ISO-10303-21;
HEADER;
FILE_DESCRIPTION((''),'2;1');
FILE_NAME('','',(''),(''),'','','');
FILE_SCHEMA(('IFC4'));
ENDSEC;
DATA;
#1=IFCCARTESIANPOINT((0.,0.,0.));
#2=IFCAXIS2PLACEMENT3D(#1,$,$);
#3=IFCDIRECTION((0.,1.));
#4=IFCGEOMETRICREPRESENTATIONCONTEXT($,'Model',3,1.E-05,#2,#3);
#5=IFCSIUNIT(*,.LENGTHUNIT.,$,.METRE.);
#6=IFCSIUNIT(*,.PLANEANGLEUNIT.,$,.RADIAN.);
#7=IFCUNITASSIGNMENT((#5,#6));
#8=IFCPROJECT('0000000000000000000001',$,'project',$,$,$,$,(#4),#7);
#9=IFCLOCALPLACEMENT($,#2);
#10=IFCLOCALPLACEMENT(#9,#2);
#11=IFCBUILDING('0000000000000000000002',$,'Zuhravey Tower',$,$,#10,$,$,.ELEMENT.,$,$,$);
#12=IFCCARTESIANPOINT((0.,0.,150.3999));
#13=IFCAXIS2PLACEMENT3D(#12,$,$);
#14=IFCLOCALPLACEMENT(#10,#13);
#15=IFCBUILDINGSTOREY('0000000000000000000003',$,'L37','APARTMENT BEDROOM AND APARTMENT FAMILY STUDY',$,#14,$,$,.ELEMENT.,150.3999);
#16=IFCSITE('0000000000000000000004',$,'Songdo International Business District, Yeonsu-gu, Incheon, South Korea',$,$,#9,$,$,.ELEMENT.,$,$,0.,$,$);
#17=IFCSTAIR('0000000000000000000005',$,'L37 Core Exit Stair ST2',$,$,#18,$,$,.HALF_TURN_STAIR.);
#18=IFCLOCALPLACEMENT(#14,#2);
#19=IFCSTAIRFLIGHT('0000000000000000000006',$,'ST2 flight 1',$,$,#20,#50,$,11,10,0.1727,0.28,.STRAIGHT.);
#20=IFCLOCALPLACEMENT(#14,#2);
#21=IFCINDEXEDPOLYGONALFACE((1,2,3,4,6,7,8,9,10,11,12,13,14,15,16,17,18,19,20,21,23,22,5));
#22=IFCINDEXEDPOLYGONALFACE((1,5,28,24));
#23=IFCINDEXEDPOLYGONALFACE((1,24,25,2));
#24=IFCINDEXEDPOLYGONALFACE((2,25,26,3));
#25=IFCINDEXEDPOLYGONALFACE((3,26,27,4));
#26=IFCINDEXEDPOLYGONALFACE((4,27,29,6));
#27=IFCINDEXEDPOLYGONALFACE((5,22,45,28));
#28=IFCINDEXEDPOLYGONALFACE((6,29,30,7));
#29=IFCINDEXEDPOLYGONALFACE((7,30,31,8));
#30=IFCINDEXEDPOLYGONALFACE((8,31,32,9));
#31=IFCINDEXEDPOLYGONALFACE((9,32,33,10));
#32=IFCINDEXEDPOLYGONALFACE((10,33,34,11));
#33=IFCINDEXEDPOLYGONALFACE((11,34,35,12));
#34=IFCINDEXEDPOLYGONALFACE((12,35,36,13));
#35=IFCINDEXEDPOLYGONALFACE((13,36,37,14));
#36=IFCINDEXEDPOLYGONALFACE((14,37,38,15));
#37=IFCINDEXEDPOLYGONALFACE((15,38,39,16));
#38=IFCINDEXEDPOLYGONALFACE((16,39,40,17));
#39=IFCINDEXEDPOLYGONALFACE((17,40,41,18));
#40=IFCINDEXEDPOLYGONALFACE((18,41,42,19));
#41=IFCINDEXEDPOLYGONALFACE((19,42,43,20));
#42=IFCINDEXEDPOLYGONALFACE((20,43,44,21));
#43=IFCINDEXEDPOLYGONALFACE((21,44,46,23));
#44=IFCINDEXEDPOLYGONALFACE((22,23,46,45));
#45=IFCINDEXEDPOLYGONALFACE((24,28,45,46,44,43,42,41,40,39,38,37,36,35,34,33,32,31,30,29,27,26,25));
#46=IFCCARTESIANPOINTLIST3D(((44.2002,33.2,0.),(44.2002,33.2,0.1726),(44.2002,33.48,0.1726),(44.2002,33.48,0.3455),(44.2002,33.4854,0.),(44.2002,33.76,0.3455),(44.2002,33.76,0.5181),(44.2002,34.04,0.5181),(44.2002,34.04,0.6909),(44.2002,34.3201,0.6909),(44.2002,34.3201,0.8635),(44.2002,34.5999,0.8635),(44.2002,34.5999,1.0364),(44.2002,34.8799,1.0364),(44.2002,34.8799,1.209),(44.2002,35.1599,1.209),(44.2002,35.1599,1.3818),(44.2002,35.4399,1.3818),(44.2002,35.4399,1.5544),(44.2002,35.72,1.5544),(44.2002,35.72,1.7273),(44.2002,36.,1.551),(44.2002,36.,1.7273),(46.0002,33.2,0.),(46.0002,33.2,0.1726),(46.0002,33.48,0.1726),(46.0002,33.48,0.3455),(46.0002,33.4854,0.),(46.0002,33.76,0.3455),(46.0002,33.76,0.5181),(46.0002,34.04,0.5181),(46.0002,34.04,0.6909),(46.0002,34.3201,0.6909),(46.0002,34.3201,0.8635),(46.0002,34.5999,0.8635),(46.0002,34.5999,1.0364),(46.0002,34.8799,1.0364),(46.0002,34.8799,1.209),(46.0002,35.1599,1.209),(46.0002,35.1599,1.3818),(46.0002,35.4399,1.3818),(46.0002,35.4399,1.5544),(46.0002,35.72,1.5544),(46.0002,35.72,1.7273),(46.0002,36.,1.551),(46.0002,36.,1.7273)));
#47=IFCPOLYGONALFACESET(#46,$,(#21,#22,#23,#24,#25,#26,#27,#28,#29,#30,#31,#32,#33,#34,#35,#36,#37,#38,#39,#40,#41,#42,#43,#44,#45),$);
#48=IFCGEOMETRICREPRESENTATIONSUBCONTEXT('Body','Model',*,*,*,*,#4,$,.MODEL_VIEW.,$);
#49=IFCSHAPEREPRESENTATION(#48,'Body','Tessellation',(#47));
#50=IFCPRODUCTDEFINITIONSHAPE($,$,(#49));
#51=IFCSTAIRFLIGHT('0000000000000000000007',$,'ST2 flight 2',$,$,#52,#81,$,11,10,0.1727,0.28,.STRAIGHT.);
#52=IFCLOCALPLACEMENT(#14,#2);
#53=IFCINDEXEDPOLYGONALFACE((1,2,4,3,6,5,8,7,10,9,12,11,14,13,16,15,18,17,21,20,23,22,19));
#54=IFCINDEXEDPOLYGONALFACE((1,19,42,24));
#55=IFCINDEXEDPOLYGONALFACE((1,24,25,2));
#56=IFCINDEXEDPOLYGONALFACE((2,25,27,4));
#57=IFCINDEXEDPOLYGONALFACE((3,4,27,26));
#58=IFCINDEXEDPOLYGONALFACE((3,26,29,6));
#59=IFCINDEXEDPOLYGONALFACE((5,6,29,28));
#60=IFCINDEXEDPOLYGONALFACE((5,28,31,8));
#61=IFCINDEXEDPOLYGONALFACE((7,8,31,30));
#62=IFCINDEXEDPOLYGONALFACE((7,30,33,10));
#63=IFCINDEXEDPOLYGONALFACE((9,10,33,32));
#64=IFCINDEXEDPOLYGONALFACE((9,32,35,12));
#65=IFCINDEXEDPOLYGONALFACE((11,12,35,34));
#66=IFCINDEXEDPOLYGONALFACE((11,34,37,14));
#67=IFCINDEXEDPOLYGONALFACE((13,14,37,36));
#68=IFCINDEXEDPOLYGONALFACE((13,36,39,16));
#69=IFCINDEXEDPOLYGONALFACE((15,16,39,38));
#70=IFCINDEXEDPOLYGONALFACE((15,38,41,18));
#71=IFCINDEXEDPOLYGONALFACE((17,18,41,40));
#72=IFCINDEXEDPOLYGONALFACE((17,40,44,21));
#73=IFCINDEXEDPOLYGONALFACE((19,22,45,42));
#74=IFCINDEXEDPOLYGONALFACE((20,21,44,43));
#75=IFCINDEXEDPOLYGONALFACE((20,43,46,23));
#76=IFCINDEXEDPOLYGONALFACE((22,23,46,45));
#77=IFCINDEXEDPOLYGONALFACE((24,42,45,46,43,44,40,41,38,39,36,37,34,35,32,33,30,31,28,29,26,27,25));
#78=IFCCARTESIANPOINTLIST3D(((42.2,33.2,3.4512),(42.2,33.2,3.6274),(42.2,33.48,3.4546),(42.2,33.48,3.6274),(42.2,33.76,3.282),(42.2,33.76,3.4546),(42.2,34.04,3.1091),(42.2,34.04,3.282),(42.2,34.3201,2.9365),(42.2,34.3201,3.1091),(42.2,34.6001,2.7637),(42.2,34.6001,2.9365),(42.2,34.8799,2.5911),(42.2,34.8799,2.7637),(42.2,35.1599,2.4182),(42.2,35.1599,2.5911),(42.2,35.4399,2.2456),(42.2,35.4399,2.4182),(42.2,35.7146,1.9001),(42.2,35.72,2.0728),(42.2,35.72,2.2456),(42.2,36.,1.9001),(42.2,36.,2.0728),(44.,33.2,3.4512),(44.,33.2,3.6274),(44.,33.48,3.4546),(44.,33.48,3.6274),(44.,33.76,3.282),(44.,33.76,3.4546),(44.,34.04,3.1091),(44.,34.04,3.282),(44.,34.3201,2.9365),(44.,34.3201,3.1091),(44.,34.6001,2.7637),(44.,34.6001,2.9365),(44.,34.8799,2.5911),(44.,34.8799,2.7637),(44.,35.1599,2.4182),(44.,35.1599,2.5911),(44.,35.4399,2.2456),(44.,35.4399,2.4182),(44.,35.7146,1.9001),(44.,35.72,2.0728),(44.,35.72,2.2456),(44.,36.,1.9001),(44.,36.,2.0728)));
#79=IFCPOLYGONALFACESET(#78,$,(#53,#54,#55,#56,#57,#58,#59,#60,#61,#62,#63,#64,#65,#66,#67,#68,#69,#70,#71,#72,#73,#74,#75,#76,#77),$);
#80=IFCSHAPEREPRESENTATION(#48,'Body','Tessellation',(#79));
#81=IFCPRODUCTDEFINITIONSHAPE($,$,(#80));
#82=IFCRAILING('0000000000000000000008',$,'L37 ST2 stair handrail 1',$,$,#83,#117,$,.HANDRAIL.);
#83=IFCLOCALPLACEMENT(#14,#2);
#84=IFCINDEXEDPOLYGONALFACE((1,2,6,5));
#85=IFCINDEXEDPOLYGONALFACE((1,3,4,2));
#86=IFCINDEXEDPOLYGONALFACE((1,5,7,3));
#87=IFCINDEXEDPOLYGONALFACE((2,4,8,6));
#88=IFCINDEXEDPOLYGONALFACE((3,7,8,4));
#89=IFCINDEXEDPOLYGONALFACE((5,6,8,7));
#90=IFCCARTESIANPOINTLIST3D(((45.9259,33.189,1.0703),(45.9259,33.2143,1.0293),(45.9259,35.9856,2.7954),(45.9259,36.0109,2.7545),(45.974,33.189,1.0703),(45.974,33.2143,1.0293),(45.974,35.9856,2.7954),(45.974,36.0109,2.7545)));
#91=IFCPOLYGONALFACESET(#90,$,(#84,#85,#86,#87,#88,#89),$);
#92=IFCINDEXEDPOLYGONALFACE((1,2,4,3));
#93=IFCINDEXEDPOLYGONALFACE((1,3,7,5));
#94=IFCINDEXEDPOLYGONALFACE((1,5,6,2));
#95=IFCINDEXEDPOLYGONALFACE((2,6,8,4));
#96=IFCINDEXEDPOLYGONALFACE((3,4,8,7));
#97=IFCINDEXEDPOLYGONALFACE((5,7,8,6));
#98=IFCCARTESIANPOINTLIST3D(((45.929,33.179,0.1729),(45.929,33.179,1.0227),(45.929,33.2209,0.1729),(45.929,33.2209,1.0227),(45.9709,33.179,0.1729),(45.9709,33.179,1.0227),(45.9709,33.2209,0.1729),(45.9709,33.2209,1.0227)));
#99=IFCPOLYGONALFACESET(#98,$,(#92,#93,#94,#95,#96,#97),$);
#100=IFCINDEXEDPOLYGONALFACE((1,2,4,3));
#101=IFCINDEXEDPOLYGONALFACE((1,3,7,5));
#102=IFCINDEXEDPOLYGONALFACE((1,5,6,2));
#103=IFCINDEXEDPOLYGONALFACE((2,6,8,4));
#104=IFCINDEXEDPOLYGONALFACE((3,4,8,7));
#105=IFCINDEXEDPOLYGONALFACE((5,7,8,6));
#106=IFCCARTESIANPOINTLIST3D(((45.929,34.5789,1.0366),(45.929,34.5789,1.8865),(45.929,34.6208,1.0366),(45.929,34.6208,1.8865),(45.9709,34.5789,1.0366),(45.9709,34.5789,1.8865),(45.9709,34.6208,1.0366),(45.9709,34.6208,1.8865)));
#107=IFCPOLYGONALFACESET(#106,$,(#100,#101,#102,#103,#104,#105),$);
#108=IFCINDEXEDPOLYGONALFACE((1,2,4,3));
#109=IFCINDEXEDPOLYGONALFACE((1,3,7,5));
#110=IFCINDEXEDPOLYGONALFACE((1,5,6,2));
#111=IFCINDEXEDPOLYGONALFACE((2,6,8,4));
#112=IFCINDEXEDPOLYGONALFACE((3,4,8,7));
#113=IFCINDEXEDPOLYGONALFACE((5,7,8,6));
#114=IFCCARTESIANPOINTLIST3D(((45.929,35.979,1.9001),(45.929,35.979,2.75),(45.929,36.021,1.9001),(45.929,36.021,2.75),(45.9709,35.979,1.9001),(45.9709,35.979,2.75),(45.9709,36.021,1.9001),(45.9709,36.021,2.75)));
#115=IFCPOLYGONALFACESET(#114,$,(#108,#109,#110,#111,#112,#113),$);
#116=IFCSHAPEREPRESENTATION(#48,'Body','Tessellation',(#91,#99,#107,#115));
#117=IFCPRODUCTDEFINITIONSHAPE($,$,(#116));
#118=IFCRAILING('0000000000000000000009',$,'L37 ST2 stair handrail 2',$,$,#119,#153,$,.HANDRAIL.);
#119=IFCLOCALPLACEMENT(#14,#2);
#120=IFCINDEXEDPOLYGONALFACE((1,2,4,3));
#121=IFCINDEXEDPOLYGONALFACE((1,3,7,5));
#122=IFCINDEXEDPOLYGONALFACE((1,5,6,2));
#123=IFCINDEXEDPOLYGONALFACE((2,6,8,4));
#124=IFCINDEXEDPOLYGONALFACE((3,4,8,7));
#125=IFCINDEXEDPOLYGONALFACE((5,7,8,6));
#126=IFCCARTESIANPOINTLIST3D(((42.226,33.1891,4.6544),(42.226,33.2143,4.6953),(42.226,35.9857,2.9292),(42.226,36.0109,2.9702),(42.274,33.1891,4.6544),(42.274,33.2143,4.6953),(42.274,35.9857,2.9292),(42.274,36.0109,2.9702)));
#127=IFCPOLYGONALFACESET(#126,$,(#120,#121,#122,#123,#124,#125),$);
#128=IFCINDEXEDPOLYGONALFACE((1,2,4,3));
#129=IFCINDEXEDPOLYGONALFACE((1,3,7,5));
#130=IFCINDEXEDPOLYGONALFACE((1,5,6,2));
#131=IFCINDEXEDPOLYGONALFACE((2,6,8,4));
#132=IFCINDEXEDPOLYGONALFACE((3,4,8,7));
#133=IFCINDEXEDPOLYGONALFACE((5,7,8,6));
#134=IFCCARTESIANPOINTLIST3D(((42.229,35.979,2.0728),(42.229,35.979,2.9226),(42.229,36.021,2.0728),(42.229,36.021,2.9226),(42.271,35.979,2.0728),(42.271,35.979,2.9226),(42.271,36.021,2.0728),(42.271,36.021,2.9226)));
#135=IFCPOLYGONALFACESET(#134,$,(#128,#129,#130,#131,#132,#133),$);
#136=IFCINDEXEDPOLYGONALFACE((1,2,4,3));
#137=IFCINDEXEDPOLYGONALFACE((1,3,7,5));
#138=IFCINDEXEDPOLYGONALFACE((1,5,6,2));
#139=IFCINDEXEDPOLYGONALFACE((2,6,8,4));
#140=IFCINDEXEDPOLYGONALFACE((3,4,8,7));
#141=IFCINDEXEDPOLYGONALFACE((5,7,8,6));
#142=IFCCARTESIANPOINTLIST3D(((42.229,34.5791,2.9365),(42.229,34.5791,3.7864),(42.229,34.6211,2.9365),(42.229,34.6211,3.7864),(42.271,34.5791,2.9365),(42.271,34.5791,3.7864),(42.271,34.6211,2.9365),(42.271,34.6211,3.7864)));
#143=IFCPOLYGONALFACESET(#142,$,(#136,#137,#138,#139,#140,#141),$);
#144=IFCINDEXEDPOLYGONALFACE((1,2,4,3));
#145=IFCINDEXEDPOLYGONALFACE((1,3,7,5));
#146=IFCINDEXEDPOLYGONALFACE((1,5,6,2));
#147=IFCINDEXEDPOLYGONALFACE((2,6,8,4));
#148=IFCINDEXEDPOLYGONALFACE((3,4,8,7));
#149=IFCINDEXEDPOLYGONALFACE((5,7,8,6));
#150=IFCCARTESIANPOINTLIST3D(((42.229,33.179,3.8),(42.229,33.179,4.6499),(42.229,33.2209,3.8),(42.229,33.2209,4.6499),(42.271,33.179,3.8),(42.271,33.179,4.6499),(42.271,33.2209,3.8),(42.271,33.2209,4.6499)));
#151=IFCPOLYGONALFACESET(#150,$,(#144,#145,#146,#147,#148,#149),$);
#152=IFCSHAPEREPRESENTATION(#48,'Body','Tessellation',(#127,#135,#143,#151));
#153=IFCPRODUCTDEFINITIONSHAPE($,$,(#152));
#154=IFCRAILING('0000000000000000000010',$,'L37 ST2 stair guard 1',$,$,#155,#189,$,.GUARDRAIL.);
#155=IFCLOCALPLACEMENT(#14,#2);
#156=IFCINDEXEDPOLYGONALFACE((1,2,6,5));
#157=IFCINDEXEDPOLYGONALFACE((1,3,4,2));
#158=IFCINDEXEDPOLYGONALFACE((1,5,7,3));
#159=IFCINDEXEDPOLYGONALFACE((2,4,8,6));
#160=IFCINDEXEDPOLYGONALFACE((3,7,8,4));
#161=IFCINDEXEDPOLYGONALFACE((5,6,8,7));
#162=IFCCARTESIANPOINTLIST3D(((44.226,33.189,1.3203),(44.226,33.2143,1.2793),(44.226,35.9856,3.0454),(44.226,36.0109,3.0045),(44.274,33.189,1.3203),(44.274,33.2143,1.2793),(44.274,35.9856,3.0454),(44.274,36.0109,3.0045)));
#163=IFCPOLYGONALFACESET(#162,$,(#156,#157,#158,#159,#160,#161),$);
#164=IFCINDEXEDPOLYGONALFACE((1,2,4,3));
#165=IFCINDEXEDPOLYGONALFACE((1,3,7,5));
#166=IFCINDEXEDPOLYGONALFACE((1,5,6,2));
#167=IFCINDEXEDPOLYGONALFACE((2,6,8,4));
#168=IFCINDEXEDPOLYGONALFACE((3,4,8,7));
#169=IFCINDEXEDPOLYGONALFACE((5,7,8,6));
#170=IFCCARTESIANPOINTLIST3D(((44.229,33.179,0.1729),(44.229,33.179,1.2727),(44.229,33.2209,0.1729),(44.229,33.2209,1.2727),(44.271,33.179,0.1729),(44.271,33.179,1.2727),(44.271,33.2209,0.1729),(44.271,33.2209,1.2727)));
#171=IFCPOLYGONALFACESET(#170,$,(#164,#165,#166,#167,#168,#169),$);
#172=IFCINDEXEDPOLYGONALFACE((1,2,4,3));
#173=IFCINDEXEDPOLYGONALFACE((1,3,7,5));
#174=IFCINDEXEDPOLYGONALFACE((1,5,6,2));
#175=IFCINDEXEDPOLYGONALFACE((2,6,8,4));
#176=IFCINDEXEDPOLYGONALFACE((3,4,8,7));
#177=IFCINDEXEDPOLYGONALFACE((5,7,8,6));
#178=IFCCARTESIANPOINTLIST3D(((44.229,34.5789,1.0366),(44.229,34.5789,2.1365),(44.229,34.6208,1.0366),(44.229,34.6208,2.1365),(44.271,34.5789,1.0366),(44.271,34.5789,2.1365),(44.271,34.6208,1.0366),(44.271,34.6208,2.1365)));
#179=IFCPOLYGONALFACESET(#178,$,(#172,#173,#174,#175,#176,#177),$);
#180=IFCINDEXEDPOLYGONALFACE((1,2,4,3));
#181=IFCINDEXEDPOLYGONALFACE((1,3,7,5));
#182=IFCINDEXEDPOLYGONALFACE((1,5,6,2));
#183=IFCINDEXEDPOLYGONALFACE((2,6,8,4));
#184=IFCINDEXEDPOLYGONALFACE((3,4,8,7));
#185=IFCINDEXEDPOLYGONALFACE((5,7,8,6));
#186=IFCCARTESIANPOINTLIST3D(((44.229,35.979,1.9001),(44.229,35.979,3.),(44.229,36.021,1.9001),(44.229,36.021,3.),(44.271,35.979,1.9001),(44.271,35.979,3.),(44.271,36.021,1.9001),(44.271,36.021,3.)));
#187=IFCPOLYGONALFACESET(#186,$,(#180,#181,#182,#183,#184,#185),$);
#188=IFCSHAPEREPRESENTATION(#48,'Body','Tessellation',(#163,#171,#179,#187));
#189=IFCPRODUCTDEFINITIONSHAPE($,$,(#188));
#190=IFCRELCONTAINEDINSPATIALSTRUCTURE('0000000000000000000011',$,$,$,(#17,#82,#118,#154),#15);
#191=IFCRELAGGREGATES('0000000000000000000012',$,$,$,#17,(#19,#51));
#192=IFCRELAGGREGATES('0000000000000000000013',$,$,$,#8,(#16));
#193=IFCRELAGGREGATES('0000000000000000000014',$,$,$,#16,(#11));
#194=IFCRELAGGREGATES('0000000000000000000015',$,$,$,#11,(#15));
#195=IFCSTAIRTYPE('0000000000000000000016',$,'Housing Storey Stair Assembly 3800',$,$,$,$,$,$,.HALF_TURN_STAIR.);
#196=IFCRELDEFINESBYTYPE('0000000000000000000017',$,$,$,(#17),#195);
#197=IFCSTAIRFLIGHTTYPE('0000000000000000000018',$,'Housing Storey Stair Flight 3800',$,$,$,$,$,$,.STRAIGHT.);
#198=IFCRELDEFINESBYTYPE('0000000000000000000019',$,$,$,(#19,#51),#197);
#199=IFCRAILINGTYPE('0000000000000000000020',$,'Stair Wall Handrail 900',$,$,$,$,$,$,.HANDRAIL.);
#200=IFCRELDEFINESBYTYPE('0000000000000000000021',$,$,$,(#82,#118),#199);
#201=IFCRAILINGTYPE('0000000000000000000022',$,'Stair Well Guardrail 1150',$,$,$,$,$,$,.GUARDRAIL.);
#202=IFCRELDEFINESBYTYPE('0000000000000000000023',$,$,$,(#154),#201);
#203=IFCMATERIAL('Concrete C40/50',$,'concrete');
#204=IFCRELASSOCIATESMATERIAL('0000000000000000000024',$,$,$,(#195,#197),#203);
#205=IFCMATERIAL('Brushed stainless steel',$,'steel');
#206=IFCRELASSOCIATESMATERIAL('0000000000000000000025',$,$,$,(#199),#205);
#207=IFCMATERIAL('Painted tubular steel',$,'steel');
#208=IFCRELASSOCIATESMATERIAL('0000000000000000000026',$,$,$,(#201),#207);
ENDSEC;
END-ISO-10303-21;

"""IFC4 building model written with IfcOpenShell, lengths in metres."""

from ifc_helpers import new_model, si_unit, direction, frame, origin, origin_2d, place, context, subcontext, project, spatial, polyline, rectangle, outline, extrude, material, type_object, element, aggregate, save


model = new_model("IFC4")

# Units and contexts
model_context = context("Model", 3, precision=1e-05, world=origin(), true_north=direction((0.0, 1.0)))
body_context = subcontext(model_context, "Body", "Model", "MODEL_VIEW")
ifc_project = project(units=[si_unit("LENGTHUNIT", "METRE"), si_unit("PLANEANGLEUNIT", "RADIAN")], contexts=[model_context])

# Site, building, storey
site_placement = place(None, origin())
site = spatial("IfcSite", under=ifc_project, at=site_placement, Name="Songdo International Business District, Yeonsu-gu, Incheon, South Korea", CompositionType="ELEMENT", RefElevation=0.0)
building_placement = place(site_placement, origin())
building = spatial("IfcBuilding", under=site, at=building_placement, Name="Zuhravey Tower", CompositionType="ELEMENT")
storey_placement = place(building_placement, frame((0.0, 0.0, 150.3999)))
storey = spatial("IfcBuildingStorey", under=building, at=storey_placement, Name="L37", Description="APARTMENT BEDROOM AND APARTMENT FAMILY STUDY", CompositionType="ELEMENT", Elevation=150.3999)

# Stair, stair flights
ifc_material_1 = material(Name="Concrete C40/50", Category="concrete")
stair_type = type_object("IfcStairType", Name="Housing Storey Stair Assembly 3800", PredefinedType="HALF_TURN_STAIR", material=ifc_material_1)
stair_placement = place(storey_placement, origin())
stair = element("IfcStair", 1, at=stair_placement, inside=storey, type_object=stair_type, Name="L37 Core Exit Stair ST2", PredefinedType="HALF_TURN_STAIR")
stair_flight_type = type_object("IfcStairFlightType", Name="Housing Storey Stair Flight 3800", PredefinedType="STRAIGHT", material=ifc_material_1)
stair_flight_1_placement = place(storey_placement, frame((45.1001, 33.2, 0.0), z_axis=(0.0, 0.0, 1.0), x_axis=(0.0, 1.0, 0.0)))
stair_flight_1 = element("IfcStairFlight", 2, at=stair_flight_1_placement, type_object=stair_flight_type, Name="ST2 flight 1", NumberOfRisers=11, NumberOfTreads=10, PredefinedType="STRAIGHT", RiserHeight=0.1727, TreadLength=0.28, context=body_context, shape_type="SweptSolid", body=[
    extrude(outline(polyline([(0.0, 0.0), (0.0, 0.1726), (0.28, 0.1726), (0.28, 0.3455), (0.5601, 0.3455), (0.5601, 0.5181), (0.8401, 0.5181), (0.8401, 0.6909), (1.1201, 0.6909), (1.1201, 0.8635), (1.3999, 0.8635), (1.3999, 1.0364), (1.6799, 1.0364), (1.6799, 1.209), (1.96, 1.209), (1.96, 1.3818), (2.24, 1.3818), (2.24, 1.5544), (2.52, 1.5544), (2.52, 1.7273), (2.8, 1.7273), (2.8, 1.8999), (2.8, 1.551), (0.2854, 0.0), (0.0, 0.0)])), frame((0.0, 0.8999, 0.0), z_axis=(0.0, -1.0, 0.0), x_axis=(1.0, 0.0, 0.0)), (0.0, 0.0, 1.0), 1.8),
])
stair_flight_2_placement = place(storey_placement, frame((43.1001, 36.0, 1.9001), z_axis=(0.0, 0.0, 1.0), x_axis=(0.0, -1.0, 0.0)))
stair_flight_2 = element("IfcStairFlight", 3, at=stair_flight_2_placement, type_object=stair_flight_type, Name="ST2 flight 2", NumberOfRisers=11, NumberOfTreads=10, PredefinedType="STRAIGHT", RiserHeight=0.1727, TreadLength=0.28, context=body_context, shape_type="SweptSolid", body=[
    extrude(outline(polyline([(0.0, 0.0), (0.0, 0.1726), (0.28, 0.1726), (0.28, 0.3455), (0.5601, 0.3455), (0.5601, 0.5181), (0.8401, 0.5181), (0.8401, 0.6909), (1.1201, 0.6909), (1.1201, 0.8635), (1.3999, 0.8635), (1.3999, 1.0364), (1.6799, 1.0364), (1.6799, 1.209), (1.96, 1.209), (1.96, 1.3818), (2.24, 1.3818), (2.24, 1.5544), (2.52, 1.5544), (2.52, 1.7273), (2.8, 1.7273), (2.8, 1.8999), (2.8, 1.551), (0.2854, 0.0), (0.0, 0.0)])), frame((0.0, 0.8999, 0.0), z_axis=(0.0, -1.0, 0.0), x_axis=(1.0, 0.0, 0.0)), (0.0, 0.0, 1.0), 1.8),
])
aggregate(stair, [stair_flight_1, stair_flight_2])

# Railings
ifc_material_2 = material(Name="Brushed stainless steel", Category="steel")
railing_type_1 = type_object("IfcRailingType", Name="Stair Wall Handrail 900", PredefinedType="HANDRAIL", material=ifc_material_2)
railing_1_placement = place(storey_placement, frame((45.95, 33.2, 0.1729)))
element("IfcRailing", 4, at=railing_1_placement, inside=storey, type_object=railing_type_1, Name="L37 ST2 stair handrail 1", PredefinedType="HANDRAIL", context=body_context, shape_type="SweptSolid", body=[
    extrude(rectangle(XDim=0.0481, YDim=0.0481, at=origin_2d()), frame((0.0, 0.0017, 0.877), z_axis=(0.0, 0.85109, 0.52502), x_axis=(-1.0, 0.0, 0.0)), (0.0, 0.0, 1.0), 3.2859),
    extrude(rectangle(XDim=0.042, YDim=0.042, at=origin_2d()), origin(), (0.0, 0.0, 1.0), 0.8499),
    extrude(rectangle(XDim=0.042, YDim=0.042, at=origin_2d()), frame((0.0, 1.3999, 0.8638)), (0.0, 0.0, 1.0), 0.8499),
    extrude(rectangle(XDim=0.042, YDim=0.042, at=origin_2d()), frame((0.0, 2.8, 1.7273)), (0.0, 0.0, 1.0), 0.8499),
])
railing_2_placement = place(storey_placement, frame((42.25, 36.0, 2.0728)))
element("IfcRailing", 5, at=railing_2_placement, inside=storey, type_object=railing_type_1, Name="L37 ST2 stair handrail 2", PredefinedType="HANDRAIL", context=body_context, shape_type="SweptSolid", body=[
    extrude(rectangle(XDim=0.0481, YDim=0.0481, at=origin_2d()), frame((0.0, -0.0017, 0.877), z_axis=(0.0, -0.85109, 0.52502), x_axis=(1.0, 0.0, 0.0)), (0.0, 0.0, 1.0), 3.2859),
    extrude(rectangle(XDim=0.042, YDim=0.042, at=origin_2d()), origin(), (0.0, 0.0, 1.0), 0.8499),
    extrude(rectangle(XDim=0.042, YDim=0.042, at=origin_2d()), frame((0.0, -1.3999, 0.8638)), (0.0, 0.0, 1.0), 0.8499),
    extrude(rectangle(XDim=0.042, YDim=0.042, at=origin_2d()), frame((0.0, -2.8, 1.7273)), (0.0, 0.0, 1.0), 0.8499),
])
ifc_material_3 = material(Name="Painted tubular steel", Category="steel")
railing_type_2 = type_object("IfcRailingType", Name="Stair Well Guardrail 1150", PredefinedType="GUARDRAIL", material=ifc_material_3)
railing_3_placement = place(storey_placement, frame((44.25, 33.2, 0.1729)))
element("IfcRailing", 6, at=railing_3_placement, inside=storey, type_object=railing_type_2, Name="L37 ST2 stair guard 1", PredefinedType="GUARDRAIL", context=body_context, shape_type="SweptSolid", body=[
    extrude(rectangle(XDim=0.0481, YDim=0.0481, at=origin_2d()), frame((0.0, 0.0017, 1.127), z_axis=(0.0, 0.85109, 0.52502), x_axis=(-1.0, 0.0, 0.0)), (0.0, 0.0, 1.0), 3.2859),
    extrude(rectangle(XDim=0.042, YDim=0.042, at=origin_2d()), origin(), (0.0, 0.0, 1.0), 1.0999),
    extrude(rectangle(XDim=0.042, YDim=0.042, at=origin_2d()), frame((0.0, 1.3999, 0.8638)), (0.0, 0.0, 1.0), 1.0999),
    extrude(rectangle(XDim=0.042, YDim=0.042, at=origin_2d()), frame((0.0, 2.8, 1.7273)), (0.0, 0.0, 1.0), 1.0999),
])

save(model, "model.ifc")
